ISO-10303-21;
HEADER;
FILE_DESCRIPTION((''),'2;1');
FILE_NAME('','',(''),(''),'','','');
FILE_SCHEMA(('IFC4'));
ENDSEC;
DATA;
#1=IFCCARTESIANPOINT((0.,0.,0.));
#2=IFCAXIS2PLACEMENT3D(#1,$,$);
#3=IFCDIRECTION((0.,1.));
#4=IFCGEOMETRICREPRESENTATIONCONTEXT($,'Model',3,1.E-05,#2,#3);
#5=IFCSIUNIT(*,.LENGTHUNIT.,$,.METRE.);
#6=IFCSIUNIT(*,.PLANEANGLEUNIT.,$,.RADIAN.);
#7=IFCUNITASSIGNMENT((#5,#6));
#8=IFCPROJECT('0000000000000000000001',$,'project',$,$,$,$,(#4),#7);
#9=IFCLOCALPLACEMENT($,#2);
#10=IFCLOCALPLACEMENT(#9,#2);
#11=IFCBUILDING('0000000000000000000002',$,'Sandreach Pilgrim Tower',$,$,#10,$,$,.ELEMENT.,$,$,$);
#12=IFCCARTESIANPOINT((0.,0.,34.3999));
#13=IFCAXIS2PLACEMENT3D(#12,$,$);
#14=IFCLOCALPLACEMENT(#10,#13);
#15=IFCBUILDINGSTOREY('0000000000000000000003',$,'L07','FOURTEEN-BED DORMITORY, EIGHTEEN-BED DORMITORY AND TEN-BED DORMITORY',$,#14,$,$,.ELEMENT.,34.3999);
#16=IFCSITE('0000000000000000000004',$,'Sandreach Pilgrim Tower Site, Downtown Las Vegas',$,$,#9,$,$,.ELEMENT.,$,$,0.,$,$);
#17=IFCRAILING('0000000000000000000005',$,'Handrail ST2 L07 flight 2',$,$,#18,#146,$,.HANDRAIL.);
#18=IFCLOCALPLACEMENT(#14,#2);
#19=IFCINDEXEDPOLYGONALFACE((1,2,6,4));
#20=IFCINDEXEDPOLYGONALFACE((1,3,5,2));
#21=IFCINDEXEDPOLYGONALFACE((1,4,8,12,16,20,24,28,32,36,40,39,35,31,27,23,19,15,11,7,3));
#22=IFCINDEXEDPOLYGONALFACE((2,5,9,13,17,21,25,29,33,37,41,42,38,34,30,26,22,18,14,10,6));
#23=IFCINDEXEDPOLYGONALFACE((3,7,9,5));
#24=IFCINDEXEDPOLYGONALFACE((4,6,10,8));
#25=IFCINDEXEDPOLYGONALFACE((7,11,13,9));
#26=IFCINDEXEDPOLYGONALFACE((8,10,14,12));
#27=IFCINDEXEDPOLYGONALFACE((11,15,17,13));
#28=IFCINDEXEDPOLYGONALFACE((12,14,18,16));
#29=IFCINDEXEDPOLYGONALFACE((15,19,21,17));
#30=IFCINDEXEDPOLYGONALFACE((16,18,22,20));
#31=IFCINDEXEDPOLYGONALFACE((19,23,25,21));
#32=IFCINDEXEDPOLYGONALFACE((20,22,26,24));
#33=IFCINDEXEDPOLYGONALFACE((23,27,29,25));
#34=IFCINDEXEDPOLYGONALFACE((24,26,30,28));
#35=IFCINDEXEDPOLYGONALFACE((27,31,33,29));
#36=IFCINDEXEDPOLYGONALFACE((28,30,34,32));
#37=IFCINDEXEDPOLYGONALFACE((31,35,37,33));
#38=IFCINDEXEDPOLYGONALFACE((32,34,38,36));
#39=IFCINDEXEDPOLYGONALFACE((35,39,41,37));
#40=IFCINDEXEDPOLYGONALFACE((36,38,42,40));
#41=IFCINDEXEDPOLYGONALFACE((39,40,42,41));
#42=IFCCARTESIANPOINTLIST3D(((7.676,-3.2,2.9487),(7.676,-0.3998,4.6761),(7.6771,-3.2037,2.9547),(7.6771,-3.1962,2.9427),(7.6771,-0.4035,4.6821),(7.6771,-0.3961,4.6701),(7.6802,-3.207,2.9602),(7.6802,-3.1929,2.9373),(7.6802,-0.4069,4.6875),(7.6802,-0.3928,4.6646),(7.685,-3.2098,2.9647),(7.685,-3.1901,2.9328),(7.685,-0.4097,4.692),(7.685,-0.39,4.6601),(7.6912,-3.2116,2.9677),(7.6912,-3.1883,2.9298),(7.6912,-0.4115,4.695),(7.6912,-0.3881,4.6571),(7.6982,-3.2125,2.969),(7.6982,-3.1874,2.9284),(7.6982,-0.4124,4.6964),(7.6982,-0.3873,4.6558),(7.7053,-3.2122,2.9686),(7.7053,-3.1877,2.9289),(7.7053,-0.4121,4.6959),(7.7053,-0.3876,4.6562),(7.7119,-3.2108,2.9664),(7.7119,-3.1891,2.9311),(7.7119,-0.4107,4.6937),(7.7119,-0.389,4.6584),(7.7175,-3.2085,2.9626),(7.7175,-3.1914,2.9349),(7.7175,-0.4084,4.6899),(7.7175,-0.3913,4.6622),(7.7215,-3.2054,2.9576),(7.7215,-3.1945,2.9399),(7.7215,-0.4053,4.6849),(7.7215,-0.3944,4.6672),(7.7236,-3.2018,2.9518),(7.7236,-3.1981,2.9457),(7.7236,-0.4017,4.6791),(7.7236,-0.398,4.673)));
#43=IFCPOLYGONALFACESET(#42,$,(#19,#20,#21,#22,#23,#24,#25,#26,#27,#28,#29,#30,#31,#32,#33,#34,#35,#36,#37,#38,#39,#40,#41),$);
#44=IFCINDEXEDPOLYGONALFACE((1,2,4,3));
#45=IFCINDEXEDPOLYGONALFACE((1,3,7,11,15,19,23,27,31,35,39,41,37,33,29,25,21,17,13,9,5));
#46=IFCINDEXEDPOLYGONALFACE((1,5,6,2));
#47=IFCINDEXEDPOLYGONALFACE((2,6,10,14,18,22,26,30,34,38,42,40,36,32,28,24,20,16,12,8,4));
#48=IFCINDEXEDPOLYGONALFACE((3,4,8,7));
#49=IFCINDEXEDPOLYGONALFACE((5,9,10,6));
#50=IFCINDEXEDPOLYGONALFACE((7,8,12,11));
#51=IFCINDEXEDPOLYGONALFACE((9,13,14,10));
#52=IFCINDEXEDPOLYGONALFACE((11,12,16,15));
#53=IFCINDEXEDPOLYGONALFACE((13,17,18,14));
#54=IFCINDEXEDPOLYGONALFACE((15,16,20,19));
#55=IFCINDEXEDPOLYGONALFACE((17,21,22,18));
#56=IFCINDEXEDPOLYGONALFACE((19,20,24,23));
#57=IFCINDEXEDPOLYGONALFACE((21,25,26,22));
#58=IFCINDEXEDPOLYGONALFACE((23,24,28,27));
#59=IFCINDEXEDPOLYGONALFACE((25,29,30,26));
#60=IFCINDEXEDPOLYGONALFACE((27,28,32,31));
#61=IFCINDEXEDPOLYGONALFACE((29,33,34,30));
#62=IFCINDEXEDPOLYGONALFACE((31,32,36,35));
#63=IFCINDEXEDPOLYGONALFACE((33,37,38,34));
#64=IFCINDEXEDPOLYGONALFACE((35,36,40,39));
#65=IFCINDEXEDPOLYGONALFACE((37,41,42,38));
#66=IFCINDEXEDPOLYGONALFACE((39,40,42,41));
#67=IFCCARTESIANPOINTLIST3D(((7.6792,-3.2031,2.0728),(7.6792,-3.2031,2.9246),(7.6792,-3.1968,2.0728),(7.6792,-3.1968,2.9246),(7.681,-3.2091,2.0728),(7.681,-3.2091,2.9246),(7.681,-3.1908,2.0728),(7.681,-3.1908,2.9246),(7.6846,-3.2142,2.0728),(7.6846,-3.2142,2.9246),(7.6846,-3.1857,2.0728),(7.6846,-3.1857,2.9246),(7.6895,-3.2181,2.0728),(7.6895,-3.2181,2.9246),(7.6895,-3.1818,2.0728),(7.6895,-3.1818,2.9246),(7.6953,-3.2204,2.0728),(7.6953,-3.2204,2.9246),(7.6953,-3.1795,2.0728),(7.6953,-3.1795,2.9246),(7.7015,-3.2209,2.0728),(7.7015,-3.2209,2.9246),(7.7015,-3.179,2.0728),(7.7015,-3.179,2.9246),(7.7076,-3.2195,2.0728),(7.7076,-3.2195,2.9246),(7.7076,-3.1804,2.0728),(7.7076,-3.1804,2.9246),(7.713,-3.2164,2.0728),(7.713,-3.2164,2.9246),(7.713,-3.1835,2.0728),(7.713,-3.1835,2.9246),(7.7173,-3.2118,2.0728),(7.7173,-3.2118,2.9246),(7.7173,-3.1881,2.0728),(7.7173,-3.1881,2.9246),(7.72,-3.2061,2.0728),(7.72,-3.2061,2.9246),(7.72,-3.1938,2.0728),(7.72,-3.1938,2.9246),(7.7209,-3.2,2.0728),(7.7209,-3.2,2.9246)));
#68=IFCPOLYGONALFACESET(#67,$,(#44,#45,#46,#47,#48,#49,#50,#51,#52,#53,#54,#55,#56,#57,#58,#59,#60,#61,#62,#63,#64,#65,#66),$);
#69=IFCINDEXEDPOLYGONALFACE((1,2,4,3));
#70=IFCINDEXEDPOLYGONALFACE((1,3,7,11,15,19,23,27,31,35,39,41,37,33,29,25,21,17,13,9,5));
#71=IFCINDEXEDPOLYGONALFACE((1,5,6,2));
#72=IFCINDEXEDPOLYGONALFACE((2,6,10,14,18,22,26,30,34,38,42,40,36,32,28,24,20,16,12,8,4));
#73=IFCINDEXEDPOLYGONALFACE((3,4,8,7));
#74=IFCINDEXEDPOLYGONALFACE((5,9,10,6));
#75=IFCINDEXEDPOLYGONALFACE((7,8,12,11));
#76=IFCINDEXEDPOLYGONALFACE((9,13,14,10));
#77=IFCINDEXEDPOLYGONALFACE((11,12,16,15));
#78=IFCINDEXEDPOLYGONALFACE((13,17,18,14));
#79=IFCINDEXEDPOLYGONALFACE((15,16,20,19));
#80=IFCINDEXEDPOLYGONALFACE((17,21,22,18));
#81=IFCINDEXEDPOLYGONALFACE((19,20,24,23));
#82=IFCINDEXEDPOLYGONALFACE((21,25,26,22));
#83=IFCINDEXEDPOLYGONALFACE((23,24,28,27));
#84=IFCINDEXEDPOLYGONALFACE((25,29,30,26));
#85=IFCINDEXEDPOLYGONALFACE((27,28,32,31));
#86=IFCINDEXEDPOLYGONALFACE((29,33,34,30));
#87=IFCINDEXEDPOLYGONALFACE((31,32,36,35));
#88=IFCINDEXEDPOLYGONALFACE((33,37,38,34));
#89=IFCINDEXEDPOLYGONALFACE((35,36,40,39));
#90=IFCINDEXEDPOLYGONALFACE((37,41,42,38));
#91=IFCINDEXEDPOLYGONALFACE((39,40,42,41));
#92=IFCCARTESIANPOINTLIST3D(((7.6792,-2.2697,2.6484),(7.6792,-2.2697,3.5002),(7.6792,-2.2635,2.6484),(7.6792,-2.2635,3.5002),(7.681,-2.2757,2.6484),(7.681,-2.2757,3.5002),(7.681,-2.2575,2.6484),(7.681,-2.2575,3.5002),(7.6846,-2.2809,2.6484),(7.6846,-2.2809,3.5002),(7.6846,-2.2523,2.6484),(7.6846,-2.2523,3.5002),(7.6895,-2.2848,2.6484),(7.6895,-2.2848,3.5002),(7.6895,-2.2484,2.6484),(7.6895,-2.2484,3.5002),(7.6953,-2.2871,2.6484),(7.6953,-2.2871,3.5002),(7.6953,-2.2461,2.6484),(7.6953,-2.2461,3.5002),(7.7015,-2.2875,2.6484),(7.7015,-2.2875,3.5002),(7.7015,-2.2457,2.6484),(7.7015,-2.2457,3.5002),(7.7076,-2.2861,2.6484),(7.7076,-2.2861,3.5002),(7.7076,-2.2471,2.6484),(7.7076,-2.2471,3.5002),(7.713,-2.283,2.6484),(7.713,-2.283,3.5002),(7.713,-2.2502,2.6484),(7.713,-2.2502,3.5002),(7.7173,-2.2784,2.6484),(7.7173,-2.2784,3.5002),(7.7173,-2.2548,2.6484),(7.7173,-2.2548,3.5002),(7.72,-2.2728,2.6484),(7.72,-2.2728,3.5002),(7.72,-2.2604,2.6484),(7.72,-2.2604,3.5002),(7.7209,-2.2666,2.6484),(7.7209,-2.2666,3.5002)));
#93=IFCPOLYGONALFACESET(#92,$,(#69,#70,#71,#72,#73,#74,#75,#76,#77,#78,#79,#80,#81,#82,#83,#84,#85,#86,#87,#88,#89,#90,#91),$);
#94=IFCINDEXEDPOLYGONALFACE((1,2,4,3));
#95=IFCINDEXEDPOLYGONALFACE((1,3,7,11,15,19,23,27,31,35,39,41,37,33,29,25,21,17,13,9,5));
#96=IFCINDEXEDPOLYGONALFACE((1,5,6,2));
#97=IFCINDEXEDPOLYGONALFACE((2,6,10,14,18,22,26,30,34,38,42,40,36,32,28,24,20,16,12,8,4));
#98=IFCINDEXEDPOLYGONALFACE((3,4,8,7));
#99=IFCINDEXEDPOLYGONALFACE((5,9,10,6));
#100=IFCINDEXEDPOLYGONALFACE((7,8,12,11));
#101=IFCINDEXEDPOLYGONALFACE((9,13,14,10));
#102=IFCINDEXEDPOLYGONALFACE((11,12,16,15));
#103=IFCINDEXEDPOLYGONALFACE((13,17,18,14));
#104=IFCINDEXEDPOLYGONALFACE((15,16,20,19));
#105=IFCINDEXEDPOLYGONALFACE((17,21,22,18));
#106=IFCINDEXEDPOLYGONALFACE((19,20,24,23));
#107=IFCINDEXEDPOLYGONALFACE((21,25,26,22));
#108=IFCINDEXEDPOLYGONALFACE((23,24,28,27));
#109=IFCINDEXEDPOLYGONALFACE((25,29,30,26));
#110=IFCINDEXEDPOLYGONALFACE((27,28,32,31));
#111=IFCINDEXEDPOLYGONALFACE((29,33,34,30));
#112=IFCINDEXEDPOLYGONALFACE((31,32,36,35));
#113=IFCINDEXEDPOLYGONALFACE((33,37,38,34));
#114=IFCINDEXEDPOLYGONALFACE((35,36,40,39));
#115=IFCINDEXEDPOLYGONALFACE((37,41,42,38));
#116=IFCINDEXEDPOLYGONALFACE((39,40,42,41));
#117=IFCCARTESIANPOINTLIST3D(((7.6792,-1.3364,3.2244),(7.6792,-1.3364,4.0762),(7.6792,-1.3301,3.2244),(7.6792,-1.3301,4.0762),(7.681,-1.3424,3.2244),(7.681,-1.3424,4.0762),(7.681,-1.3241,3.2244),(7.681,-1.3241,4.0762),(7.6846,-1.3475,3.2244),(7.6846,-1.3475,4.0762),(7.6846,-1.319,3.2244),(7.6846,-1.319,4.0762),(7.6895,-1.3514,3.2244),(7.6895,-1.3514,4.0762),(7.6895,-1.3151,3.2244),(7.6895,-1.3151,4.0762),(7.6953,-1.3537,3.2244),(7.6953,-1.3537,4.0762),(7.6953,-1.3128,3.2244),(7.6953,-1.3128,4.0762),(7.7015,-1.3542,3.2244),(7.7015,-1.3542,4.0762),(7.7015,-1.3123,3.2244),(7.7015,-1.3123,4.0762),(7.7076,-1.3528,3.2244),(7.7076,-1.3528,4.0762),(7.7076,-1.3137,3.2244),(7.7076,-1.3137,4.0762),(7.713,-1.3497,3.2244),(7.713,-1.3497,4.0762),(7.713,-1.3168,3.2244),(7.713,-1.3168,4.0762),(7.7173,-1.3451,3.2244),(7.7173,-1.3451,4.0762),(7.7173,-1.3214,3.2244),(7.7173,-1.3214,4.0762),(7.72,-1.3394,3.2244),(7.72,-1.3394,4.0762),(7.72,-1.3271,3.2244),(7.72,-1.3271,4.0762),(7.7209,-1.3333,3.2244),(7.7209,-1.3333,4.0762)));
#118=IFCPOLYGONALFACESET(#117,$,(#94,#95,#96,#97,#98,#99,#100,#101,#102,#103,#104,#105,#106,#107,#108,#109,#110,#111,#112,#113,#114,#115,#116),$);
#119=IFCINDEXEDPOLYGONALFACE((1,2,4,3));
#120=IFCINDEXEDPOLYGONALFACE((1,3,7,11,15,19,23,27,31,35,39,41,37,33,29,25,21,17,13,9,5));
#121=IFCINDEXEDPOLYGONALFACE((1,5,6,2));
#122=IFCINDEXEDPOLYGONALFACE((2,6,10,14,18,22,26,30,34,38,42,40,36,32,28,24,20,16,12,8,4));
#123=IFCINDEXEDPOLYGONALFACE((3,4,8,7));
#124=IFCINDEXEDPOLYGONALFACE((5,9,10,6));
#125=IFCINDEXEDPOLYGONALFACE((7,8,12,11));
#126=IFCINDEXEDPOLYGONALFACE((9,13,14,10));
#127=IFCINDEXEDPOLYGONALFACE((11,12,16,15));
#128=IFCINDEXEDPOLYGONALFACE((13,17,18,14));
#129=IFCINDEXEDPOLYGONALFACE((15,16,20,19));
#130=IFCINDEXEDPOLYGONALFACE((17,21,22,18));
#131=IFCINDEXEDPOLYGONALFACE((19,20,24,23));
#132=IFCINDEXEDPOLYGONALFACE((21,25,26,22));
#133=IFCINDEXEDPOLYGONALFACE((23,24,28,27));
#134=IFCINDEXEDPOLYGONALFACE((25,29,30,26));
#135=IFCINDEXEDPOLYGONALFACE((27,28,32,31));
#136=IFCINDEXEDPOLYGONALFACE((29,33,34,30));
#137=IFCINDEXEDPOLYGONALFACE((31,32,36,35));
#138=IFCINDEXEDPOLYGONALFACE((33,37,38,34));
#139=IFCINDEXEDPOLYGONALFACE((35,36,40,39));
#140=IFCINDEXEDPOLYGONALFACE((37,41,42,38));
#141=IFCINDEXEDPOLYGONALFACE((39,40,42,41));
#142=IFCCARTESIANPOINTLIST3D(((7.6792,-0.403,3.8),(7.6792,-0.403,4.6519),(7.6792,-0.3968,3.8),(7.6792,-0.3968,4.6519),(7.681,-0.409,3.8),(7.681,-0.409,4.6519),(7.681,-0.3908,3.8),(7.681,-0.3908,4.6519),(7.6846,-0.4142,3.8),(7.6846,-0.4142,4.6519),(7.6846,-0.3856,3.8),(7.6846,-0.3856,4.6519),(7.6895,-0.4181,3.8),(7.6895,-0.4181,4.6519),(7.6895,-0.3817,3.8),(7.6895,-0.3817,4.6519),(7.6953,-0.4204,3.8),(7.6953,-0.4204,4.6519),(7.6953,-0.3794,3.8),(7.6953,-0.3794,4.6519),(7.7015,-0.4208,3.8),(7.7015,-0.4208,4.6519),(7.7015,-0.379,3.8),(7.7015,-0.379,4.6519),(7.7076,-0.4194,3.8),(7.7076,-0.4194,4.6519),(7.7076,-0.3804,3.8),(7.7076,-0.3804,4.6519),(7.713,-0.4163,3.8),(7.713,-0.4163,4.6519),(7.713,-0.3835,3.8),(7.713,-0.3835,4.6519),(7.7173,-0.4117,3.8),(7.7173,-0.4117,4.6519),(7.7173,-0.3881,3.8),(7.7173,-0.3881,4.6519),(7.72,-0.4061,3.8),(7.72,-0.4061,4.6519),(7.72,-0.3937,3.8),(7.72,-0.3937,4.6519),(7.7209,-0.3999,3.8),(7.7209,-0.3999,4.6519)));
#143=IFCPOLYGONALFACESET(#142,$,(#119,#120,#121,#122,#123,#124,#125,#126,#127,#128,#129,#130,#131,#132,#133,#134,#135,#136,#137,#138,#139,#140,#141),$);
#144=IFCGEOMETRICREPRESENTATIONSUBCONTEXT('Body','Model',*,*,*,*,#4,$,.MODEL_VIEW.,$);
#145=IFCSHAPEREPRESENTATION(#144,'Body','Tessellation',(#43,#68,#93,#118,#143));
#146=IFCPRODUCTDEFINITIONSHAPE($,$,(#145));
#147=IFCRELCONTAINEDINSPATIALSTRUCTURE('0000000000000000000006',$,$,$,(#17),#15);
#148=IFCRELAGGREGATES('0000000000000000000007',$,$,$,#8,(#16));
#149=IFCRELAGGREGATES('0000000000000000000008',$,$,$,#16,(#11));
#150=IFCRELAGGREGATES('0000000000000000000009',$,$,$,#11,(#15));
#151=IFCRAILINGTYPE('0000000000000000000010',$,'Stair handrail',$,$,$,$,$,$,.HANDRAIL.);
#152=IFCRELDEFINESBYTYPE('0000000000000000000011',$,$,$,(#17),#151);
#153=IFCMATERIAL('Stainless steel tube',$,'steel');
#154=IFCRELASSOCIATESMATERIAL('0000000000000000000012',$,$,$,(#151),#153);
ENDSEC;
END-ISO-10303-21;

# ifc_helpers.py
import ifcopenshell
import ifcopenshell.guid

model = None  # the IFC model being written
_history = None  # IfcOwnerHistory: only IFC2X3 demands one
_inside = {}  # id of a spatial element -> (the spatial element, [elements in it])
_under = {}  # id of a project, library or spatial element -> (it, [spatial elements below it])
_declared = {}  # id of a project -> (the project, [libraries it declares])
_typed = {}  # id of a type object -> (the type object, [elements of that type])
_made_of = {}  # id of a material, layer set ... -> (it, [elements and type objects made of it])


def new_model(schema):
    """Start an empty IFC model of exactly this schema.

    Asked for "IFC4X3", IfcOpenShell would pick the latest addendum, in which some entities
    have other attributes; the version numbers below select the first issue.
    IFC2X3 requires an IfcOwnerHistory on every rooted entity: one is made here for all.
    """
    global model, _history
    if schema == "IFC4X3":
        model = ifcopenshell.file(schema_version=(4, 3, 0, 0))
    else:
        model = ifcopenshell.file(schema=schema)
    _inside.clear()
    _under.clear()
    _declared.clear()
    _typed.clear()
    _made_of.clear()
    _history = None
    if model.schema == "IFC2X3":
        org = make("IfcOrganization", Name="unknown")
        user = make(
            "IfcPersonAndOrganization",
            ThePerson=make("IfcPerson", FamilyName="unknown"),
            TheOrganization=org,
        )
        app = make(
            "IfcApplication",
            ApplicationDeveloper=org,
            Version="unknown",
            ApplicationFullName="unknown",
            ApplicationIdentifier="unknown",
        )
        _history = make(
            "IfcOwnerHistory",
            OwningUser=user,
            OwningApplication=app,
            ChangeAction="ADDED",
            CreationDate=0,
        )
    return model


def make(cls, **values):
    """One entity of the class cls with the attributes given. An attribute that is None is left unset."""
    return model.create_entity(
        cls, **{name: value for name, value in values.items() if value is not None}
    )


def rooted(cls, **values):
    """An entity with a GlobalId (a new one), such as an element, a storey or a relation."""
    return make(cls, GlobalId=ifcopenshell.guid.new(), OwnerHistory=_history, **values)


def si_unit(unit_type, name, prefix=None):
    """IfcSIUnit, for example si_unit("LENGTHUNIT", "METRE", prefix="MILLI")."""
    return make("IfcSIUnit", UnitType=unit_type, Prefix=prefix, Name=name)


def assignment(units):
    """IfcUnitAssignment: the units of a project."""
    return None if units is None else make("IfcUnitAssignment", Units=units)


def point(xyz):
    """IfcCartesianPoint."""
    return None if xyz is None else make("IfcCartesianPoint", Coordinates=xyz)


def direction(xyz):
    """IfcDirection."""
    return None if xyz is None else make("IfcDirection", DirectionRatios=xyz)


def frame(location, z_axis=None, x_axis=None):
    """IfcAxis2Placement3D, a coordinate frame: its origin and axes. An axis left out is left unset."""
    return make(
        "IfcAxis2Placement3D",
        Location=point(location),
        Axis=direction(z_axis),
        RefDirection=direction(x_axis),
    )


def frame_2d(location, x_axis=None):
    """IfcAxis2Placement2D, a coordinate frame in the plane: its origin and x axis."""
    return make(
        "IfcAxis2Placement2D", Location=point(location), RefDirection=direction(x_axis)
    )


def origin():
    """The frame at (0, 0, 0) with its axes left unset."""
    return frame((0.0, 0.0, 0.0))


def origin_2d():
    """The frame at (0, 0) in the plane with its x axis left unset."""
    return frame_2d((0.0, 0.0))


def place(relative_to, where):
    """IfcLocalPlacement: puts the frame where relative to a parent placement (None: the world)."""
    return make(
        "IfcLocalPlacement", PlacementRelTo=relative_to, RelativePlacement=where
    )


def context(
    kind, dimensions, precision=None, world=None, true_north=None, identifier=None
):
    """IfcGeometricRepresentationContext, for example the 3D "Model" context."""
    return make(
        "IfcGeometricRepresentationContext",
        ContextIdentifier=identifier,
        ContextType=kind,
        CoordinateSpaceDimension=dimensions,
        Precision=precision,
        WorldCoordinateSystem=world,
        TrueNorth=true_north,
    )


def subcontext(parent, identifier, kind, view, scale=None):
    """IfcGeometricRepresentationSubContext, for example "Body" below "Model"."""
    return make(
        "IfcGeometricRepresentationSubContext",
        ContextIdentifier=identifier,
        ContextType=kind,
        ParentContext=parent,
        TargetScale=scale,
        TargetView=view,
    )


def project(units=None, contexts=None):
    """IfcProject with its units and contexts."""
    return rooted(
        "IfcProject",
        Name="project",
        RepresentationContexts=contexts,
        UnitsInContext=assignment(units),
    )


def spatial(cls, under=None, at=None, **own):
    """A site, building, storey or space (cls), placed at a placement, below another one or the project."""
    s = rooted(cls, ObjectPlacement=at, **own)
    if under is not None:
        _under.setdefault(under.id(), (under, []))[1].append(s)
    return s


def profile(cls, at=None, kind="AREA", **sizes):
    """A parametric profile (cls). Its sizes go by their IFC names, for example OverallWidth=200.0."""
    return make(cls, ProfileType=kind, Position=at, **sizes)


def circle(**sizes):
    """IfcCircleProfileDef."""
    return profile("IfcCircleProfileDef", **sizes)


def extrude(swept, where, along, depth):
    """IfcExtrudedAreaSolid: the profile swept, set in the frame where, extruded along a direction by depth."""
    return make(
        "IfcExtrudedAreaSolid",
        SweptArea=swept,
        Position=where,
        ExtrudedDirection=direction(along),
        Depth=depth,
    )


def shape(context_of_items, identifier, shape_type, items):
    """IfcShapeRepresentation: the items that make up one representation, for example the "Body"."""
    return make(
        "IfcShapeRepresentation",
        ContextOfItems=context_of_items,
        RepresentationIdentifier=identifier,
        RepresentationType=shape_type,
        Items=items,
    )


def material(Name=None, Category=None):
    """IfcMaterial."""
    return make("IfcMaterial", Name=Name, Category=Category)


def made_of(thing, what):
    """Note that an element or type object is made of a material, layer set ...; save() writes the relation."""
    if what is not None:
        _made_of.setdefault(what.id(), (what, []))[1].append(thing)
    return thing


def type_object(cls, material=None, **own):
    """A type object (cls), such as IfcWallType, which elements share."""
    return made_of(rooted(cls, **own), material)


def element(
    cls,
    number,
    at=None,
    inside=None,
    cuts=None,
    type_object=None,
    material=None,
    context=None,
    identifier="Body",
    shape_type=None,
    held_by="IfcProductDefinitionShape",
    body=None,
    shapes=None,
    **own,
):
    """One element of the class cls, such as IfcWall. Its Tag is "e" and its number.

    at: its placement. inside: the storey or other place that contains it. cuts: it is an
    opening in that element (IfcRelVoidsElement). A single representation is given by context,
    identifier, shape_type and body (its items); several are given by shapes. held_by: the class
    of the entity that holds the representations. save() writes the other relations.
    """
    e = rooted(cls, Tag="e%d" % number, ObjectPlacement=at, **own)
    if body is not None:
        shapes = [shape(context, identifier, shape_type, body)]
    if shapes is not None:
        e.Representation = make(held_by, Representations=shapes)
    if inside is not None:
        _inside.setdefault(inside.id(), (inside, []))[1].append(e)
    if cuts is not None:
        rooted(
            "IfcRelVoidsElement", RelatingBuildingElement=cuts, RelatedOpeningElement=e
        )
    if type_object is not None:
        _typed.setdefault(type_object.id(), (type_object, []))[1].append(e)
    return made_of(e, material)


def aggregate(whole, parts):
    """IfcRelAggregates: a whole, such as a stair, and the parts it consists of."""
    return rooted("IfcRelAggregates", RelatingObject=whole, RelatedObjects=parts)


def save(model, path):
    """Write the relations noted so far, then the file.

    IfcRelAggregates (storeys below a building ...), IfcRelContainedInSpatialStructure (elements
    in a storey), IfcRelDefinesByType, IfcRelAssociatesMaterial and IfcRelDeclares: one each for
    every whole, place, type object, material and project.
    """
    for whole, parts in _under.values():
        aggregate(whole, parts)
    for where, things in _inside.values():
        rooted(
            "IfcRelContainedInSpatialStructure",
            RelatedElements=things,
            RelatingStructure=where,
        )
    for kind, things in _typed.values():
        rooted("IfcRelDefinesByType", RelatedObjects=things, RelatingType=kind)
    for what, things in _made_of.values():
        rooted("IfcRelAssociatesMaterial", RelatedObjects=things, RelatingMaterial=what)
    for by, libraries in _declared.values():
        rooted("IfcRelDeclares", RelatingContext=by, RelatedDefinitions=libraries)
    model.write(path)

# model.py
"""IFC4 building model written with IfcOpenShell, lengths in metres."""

from ifc_helpers import new_model, si_unit, direction, frame, origin, origin_2d, place, context, subcontext, project, spatial, circle, extrude, material, type_object, element, save


model = new_model("IFC4")

# Units and contexts
model_context = context("Model", 3, precision=1e-05, world=origin(), true_north=direction((0.0, 1.0)))
body_context = subcontext(model_context, "Body", "Model", "MODEL_VIEW")
ifc_project = project(units=[si_unit("LENGTHUNIT", "METRE"), si_unit("PLANEANGLEUNIT", "RADIAN")], contexts=[model_context])

# Site, building, storey
site_placement = place(None, origin())
site = spatial("IfcSite", under=ifc_project, at=site_placement, Name="Sandreach Pilgrim Tower Site, Downtown Las Vegas", CompositionType="ELEMENT", RefElevation=0.0)
building_placement = place(site_placement, origin())
building = spatial("IfcBuilding", under=site, at=building_placement, Name="Sandreach Pilgrim Tower", CompositionType="ELEMENT")
storey_placement = place(building_placement, frame((0.0, 0.0, 34.3999)))
storey = spatial("IfcBuildingStorey", under=building, at=storey_placement, Name="L07", Description="FOURTEEN-BED DORMITORY, EIGHTEEN-BED DORMITORY AND TEN-BED DORMITORY", CompositionType="ELEMENT", Elevation=34.3999)

# Railing
ifc_material_1 = material(Name="Stainless steel tube", Category="steel")
railing_type = type_object("IfcRailingType", Name="Stair handrail", PredefinedType="HANDRAIL", material=ifc_material_1)
railing_placement = place(storey_placement, frame((7.7, -3.2, 2.0728)))
element("IfcRailing", 1, at=railing_placement, inside=storey, type_object=railing_type, Name="Handrail ST2 L07 flight 2", PredefinedType="HANDRAIL", context=body_context, shape_type="SweptSolid", body=[
    extrude(circle(Radius=0.0239, at=origin_2d()), frame((0.0, 0.0, 0.876), z_axis=(0.0, 0.85109, 0.52502), x_axis=(-1.0, 0.0, 0.0)), (0.0, 0.0, 1.0), 3.29),
    extrude(circle(Radius=0.021, at=origin_2d()), origin(), (0.0, 0.0, 1.0), 0.8518),
    extrude(circle(Radius=0.021, at=origin_2d()), frame((0.0, 0.9333, 0.5757)), (0.0, 0.0, 1.0), 0.8518),
    extrude(circle(Radius=0.021, at=origin_2d()), frame((0.0, 1.8667, 1.1516)), (0.0, 0.0, 1.0), 0.8518),
    extrude(circle(Radius=0.021, at=origin_2d()), frame((0.0, 2.8, 1.7273)), (0.0, 0.0, 1.0), 0.8518),
])

save(model, "model.ifc")
